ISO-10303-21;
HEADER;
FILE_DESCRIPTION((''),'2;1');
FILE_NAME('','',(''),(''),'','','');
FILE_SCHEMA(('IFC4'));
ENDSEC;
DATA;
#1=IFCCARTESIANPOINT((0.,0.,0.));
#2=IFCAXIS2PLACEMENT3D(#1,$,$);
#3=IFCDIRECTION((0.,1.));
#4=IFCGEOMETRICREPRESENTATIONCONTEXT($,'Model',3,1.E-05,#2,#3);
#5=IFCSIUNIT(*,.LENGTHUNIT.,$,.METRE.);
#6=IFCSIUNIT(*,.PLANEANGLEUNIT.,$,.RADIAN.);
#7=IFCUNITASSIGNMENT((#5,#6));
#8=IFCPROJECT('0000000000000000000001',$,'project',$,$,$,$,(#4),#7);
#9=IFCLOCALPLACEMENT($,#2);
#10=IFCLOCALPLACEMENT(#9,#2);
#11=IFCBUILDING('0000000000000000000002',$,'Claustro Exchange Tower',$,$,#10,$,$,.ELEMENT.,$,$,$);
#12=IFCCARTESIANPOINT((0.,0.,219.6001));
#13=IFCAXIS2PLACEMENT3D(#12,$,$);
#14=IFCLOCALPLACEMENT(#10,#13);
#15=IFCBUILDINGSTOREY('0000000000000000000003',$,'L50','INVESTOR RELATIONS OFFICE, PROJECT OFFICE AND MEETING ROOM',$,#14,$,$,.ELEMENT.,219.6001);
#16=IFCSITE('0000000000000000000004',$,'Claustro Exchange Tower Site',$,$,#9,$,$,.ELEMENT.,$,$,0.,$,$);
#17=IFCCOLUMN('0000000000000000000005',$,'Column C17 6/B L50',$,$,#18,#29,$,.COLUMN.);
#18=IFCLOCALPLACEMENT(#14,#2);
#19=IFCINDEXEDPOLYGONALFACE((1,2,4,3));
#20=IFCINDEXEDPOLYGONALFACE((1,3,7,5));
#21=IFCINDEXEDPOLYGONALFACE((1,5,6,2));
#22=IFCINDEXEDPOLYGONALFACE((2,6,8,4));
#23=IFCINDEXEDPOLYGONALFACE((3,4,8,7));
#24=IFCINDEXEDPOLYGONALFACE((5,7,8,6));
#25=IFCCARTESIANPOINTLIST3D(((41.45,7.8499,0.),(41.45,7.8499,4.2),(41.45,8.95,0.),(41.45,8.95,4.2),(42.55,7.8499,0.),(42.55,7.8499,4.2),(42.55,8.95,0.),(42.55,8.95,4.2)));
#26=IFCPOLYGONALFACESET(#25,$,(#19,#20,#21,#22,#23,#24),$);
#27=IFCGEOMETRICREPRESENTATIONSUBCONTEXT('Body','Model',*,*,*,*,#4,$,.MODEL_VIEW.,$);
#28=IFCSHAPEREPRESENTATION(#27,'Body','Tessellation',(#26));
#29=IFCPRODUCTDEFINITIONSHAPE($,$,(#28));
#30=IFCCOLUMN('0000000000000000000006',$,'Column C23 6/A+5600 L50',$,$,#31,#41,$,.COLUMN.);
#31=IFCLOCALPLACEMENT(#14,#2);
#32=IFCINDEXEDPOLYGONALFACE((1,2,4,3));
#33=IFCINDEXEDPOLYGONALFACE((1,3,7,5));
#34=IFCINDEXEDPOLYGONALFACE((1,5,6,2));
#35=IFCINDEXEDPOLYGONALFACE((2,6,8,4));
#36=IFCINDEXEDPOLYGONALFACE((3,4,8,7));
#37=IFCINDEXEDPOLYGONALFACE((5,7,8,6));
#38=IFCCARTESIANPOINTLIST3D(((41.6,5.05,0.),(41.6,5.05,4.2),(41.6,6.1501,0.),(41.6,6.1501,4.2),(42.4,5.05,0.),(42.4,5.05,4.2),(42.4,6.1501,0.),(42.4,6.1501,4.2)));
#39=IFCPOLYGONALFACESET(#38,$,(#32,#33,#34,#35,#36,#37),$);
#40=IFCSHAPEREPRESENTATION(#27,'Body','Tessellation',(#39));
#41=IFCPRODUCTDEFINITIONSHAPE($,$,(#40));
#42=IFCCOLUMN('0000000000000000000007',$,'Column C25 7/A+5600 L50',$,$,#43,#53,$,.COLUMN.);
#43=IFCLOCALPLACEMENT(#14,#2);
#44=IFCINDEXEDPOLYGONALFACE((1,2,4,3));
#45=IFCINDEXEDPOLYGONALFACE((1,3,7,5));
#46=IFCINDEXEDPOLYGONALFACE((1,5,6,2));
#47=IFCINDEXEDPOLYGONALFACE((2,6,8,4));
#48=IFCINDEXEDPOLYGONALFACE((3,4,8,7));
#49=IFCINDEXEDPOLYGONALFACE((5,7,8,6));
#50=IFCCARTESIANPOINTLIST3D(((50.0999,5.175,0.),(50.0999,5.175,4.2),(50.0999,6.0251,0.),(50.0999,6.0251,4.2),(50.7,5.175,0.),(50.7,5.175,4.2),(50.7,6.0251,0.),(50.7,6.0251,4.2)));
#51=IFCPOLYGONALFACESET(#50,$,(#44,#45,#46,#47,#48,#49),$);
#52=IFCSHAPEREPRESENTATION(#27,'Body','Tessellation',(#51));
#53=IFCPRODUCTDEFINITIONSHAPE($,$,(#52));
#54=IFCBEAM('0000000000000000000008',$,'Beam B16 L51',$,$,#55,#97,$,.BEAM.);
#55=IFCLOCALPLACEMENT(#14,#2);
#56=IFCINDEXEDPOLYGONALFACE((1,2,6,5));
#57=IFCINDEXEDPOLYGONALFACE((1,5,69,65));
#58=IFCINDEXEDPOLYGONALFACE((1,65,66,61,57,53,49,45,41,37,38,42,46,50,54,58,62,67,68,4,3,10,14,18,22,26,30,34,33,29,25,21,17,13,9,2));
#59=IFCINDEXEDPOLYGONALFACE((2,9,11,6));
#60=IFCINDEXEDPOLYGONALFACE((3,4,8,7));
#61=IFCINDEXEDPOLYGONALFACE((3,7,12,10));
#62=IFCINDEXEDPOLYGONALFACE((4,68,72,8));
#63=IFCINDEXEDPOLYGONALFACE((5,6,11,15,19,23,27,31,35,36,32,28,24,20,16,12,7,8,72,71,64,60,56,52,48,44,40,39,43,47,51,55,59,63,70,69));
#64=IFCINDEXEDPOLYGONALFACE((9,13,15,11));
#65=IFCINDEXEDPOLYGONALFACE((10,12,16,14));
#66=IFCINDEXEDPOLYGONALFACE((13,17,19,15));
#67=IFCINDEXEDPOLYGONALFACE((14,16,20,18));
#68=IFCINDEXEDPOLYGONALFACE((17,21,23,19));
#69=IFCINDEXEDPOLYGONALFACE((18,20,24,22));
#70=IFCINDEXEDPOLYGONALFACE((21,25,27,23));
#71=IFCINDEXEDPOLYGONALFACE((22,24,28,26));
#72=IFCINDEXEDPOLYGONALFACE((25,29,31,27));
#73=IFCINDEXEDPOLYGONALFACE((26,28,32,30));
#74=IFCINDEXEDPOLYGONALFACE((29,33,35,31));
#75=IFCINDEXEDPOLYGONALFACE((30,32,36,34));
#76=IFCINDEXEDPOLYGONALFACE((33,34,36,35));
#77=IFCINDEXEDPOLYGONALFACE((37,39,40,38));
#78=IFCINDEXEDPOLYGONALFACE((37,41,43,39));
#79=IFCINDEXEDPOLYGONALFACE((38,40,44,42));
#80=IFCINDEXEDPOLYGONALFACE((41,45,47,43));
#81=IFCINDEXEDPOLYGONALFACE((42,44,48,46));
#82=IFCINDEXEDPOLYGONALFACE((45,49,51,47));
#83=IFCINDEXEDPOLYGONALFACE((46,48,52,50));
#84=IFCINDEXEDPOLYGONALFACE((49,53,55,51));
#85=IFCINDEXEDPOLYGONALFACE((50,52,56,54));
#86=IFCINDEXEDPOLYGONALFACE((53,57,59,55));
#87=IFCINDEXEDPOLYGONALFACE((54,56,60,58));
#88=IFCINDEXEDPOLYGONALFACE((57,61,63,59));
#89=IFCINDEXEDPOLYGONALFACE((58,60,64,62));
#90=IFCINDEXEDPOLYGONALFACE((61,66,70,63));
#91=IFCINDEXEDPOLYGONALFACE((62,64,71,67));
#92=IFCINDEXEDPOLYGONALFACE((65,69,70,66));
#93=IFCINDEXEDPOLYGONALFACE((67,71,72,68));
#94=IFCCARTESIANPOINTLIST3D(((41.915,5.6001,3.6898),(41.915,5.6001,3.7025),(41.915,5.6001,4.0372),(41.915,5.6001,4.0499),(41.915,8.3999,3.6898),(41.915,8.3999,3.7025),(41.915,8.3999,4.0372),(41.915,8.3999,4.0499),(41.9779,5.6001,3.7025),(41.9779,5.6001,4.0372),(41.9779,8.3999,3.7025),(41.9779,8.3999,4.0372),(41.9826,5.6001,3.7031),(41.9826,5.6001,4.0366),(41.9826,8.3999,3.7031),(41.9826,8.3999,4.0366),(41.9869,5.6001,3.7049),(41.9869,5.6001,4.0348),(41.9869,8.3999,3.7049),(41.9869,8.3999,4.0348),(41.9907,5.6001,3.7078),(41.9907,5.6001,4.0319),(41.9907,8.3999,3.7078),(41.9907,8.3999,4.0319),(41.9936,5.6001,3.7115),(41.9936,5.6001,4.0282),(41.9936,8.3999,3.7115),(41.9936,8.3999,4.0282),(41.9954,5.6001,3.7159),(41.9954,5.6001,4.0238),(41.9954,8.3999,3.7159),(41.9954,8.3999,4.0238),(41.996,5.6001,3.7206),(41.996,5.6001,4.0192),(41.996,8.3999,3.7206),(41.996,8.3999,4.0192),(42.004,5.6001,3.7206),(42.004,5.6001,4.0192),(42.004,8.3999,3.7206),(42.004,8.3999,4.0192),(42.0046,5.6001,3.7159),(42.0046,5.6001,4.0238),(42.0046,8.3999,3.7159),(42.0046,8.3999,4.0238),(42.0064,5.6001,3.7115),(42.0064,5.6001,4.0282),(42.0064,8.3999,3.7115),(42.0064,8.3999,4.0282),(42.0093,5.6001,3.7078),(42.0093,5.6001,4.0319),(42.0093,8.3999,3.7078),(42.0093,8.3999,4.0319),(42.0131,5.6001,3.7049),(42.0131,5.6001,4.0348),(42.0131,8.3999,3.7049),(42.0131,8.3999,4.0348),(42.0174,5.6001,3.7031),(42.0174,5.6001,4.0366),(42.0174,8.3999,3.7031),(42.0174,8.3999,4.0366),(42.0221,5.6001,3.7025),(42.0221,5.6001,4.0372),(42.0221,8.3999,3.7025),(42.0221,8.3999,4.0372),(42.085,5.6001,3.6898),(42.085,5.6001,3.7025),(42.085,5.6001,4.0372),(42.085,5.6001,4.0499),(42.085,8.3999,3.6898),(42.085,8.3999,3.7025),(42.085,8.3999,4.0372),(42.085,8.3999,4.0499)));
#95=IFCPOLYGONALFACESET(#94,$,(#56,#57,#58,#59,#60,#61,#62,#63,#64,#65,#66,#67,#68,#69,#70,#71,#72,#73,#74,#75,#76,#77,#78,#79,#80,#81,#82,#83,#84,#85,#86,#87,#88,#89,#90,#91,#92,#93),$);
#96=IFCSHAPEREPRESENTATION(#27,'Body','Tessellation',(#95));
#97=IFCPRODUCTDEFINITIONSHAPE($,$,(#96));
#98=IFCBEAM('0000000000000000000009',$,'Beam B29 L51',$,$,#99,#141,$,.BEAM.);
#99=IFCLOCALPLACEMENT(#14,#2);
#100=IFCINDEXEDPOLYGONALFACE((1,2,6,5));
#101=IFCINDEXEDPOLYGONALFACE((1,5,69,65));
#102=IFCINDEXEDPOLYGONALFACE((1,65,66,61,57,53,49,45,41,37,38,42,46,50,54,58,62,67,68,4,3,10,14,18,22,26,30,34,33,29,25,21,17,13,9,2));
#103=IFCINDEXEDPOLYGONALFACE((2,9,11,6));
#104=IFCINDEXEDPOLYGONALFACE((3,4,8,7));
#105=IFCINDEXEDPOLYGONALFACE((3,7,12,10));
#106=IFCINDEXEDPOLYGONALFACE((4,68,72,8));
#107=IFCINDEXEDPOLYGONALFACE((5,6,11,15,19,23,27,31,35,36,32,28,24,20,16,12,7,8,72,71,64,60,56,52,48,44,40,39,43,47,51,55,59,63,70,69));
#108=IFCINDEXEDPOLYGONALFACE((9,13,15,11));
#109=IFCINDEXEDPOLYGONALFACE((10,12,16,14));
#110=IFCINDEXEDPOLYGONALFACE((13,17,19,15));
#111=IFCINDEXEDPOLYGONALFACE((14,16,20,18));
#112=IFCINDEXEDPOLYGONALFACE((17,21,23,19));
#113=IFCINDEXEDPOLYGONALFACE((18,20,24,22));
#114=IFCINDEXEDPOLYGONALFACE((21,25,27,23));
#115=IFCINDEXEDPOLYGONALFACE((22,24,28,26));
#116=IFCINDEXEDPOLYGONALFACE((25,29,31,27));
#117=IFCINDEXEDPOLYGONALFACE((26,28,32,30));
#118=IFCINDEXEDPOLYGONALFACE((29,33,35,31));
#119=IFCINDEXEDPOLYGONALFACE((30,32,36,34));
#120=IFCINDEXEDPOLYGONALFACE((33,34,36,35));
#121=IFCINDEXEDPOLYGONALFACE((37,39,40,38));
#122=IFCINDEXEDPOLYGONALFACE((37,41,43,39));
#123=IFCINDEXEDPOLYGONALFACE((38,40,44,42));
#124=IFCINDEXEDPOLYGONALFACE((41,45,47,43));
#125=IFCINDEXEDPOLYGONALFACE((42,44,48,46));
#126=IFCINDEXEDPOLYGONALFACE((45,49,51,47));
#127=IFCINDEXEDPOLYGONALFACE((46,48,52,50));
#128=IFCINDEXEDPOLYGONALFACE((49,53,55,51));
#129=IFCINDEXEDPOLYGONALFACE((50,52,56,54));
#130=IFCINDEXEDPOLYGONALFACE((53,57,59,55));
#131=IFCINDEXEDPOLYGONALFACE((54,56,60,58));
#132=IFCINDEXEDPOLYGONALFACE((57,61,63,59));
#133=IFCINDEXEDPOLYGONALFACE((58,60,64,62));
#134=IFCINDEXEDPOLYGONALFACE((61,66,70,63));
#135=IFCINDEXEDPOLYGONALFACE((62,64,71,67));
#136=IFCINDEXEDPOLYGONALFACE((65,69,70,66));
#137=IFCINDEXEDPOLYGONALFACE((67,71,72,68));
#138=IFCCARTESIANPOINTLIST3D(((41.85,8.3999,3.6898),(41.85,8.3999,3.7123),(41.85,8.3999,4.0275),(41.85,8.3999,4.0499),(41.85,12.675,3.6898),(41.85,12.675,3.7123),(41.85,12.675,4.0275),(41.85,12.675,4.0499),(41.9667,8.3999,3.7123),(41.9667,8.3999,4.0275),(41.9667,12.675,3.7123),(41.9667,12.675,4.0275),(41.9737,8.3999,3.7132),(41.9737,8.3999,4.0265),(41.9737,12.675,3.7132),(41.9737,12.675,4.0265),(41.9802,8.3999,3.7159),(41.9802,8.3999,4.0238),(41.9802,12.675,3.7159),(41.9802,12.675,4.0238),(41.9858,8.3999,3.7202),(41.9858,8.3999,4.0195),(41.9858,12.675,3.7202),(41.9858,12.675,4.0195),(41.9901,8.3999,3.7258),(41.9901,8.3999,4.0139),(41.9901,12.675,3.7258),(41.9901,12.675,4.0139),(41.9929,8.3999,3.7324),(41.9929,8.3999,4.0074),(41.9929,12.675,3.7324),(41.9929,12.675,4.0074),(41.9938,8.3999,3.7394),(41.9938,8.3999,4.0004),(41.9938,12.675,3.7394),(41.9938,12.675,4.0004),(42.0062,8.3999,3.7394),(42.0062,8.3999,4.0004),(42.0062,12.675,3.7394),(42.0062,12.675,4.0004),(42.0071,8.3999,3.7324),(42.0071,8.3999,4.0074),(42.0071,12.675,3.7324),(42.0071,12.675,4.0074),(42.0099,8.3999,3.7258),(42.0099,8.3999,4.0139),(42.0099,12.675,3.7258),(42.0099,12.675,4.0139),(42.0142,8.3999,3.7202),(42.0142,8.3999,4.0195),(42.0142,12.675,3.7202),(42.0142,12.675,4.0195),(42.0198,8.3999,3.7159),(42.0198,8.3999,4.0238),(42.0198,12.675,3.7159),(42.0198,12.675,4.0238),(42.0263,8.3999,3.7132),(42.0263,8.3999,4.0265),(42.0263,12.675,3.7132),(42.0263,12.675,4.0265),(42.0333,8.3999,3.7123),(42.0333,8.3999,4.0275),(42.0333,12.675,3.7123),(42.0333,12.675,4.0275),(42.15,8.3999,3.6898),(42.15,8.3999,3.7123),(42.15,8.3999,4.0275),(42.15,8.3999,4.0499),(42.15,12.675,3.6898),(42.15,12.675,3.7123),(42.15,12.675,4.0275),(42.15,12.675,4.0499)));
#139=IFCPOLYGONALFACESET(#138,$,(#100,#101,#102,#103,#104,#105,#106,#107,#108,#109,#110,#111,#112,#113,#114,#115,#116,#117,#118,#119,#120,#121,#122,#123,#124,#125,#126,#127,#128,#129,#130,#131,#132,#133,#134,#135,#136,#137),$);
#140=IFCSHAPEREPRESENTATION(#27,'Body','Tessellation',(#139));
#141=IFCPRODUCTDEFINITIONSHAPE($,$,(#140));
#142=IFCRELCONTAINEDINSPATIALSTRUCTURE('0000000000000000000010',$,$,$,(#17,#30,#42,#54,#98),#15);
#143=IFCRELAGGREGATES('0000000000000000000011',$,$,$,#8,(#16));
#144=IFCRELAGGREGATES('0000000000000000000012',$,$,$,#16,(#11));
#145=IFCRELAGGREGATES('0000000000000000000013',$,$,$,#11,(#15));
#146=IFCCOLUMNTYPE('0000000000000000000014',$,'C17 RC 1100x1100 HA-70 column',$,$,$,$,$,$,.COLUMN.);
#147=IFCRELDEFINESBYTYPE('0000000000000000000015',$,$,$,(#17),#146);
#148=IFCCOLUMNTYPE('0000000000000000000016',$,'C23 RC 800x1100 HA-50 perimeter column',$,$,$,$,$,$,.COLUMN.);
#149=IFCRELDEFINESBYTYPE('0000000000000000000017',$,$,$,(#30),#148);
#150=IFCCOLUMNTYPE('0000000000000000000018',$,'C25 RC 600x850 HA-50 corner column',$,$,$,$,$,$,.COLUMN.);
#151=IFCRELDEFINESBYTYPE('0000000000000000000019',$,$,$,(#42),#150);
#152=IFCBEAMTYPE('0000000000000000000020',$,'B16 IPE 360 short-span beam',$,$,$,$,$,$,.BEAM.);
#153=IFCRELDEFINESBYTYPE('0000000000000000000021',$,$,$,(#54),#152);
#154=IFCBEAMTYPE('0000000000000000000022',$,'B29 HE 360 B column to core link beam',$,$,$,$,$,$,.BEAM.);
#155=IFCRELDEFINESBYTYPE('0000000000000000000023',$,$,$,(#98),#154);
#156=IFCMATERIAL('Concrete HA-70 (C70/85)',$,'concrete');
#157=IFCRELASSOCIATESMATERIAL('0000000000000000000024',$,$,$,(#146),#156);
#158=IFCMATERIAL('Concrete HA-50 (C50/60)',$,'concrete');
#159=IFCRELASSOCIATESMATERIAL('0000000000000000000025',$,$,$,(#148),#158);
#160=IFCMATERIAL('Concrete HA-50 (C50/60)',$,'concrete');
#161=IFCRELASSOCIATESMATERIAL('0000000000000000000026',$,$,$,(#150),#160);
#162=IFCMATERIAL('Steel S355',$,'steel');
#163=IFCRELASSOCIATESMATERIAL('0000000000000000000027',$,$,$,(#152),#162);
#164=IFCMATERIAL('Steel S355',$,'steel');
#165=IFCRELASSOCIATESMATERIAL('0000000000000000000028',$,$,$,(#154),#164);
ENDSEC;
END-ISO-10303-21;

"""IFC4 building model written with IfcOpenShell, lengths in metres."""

from ifc_helpers import new_model, si_unit, direction, frame, origin, origin_2d, place, context, subcontext, project, spatial, rectangle, i_section, extrude, material, material_profile, profile_set, type_object, element, save


model = new_model("IFC4")

# Units and contexts
model_context = context("Model", 3, precision=1e-05, world=origin(), true_north=direction((0.0, 1.0)))
body_context = subcontext(model_context, "Body", "Model", "MODEL_VIEW")
ifc_project = project(units=[si_unit("LENGTHUNIT", "METRE"), si_unit("PLANEANGLEUNIT", "RADIAN")], contexts=[model_context])

# Site, building, storey
site_placement = place(None, origin())
site = spatial("IfcSite", under=ifc_project, at=site_placement, Name="Claustro Exchange Tower Site", CompositionType="ELEMENT", RefElevation=0.0)
building_placement = place(site_placement, origin())
building = spatial("IfcBuilding", under=site, at=building_placement, Name="Claustro Exchange Tower", CompositionType="ELEMENT")
storey_placement = place(building_placement, frame((0.0, 0.0, 219.6001)))
storey = spatial("IfcBuildingStorey", under=building, at=storey_placement, Name="L50", Description="INVESTOR RELATIONS OFFICE, PROJECT OFFICE AND MEETING ROOM", CompositionType="ELEMENT", Elevation=219.6001)

# Columns
ifc_material_1 = material(Name="Concrete HA-70 (C70/85)", Category="concrete")
ifc_material_profile_1 = material_profile(ifc_material_1, rectangle(XDim=1.1001, YDim=1.1001, at=origin_2d()), Name="RC 1100x1100")
ifc_profile_set_1 = profile_set([ifc_material_profile_1], Name="Concrete HA-70 (C70/85)")
column_type_1 = type_object("IfcColumnType", Name="C17 RC 1100x1100 HA-70 column", PredefinedType="COLUMN", material=ifc_profile_set_1)
column_1_placement = place(storey_placement, frame((42.0, 8.3999, 0.0), z_axis=(0.0, 0.0, 1.0), x_axis=(1.0, 0.0, 0.0)))
element("IfcColumn", 1, at=column_1_placement, inside=storey, type_object=column_type_1, Name="Column C17 6/B L50", PredefinedType="COLUMN", context=body_context, shape_type="SweptSolid", body=[
    extrude(rectangle(XDim=1.1001, YDim=1.1001, at=origin_2d()), origin(), (0.0, 0.0, 1.0), 4.2),
])
ifc_material_2 = material(Name="Concrete HA-50 (C50/60)", Category="concrete")
ifc_material_profile_2 = material_profile(ifc_material_2, rectangle(XDim=0.8, YDim=1.1001, at=origin_2d()), Name="RC 800x1100")
ifc_profile_set_2 = profile_set([ifc_material_profile_2], Name="Concrete HA-50 (C50/60)")
column_type_2 = type_object("IfcColumnType", Name="C23 RC 800x1100 HA-50 perimeter column", PredefinedType="COLUMN", material=ifc_profile_set_2)
column_2_placement = place(storey_placement, frame((42.0, 5.6001, 0.0), z_axis=(0.0, 0.0, 1.0), x_axis=(1.0, 0.0, 0.0)))
element("IfcColumn", 2, at=column_2_placement, inside=storey, type_object=column_type_2, Name="Column C23 6/A+5600 L50", PredefinedType="COLUMN", context=body_context, shape_type="SweptSolid", body=[
    extrude(rectangle(XDim=0.8, YDim=1.1001, at=origin_2d()), origin(), (0.0, 0.0, 1.0), 4.2),
])
ifc_material_3 = material(Name="Concrete HA-50 (C50/60)", Category="concrete")
ifc_material_profile_3 = material_profile(ifc_material_3, rectangle(XDim=0.6001, YDim=0.8501, at=origin_2d()), Name="RC 600x850")
ifc_profile_set_3 = profile_set([ifc_material_profile_3], Name="Concrete HA-50 (C50/60)")
column_type_3 = type_object("IfcColumnType", Name="C25 RC 600x850 HA-50 corner column", PredefinedType="COLUMN", material=ifc_profile_set_3)
column_3_placement = place(storey_placement, frame((50.3999, 5.6001, 0.0), z_axis=(0.0, 0.0, 1.0), x_axis=(1.0, 0.0, 0.0)))
element("IfcColumn", 3, at=column_3_placement, inside=storey, type_object=column_type_3, Name="Column C25 7/A+5600 L50", PredefinedType="COLUMN", context=body_context, shape_type="SweptSolid", body=[
    extrude(rectangle(XDim=0.6001, YDim=0.8501, at=origin_2d()), origin(), (0.0, 0.0, 1.0), 4.2),
])

# Beams
ifc_material_4 = material(Name="Steel S355", Category="steel")
ifc_material_profile_4 = material_profile(ifc_material_4, i_section(OverallWidth=0.1699, OverallDepth=0.3601, WebThickness=0.0081, FlangeThickness=0.0127, FilletRadius=0.0181, at=origin_2d()), Name="IPE 360")
ifc_profile_set_4 = profile_set([ifc_material_profile_4], Name="Steel S355")
beam_type_1 = type_object("IfcBeamType", Name="B16 IPE 360 short-span beam", PredefinedType="BEAM", material=ifc_profile_set_4)
beam_1_placement = place(storey_placement, frame((42.0, 5.6001, 3.8699), z_axis=(0.0, 1.0, 0.0), x_axis=(-1.0, 0.0, 0.0)))
element("IfcBeam", 4, at=beam_1_placement, inside=storey, type_object=beam_type_1, Name="Beam B16 L51", PredefinedType="BEAM", context=body_context, shape_type="SweptSolid", body=[
    extrude(i_section(OverallWidth=0.1699, OverallDepth=0.3601, WebThickness=0.0081, FlangeThickness=0.0127, FilletRadius=0.0181, at=origin_2d()), origin(), (0.0, 0.0, 1.0), 2.7998),
])
ifc_material_5 = material(Name="Steel S355", Category="steel")
ifc_material_profile_5 = material_profile(ifc_material_5, i_section(OverallWidth=0.3, OverallDepth=0.3601, WebThickness=0.0125, FlangeThickness=0.0225, FilletRadius=0.0271, at=origin_2d()), Name="HE 360 B")
ifc_profile_set_5 = profile_set([ifc_material_profile_5], Name="Steel S355")
beam_type_2 = type_object("IfcBeamType", Name="B29 HE 360 B column to core link beam", PredefinedType="BEAM", material=ifc_profile_set_5)
beam_2_placement = place(storey_placement, frame((42.0, 8.3999, 3.8699), z_axis=(0.0, 1.0, 0.0), x_axis=(-1.0, 0.0, 0.0)))
element("IfcBeam", 5, at=beam_2_placement, inside=storey, type_object=beam_type_2, Name="Beam B29 L51", PredefinedType="BEAM", context=body_context, shape_type="SweptSolid", body=[
    extrude(i_section(OverallWidth=0.3, OverallDepth=0.3601, WebThickness=0.0125, FlangeThickness=0.0225, FilletRadius=0.0271, at=origin_2d()), origin(), (0.0, 0.0, 1.0), 4.2751),
])

save(model, "model.ifc")
